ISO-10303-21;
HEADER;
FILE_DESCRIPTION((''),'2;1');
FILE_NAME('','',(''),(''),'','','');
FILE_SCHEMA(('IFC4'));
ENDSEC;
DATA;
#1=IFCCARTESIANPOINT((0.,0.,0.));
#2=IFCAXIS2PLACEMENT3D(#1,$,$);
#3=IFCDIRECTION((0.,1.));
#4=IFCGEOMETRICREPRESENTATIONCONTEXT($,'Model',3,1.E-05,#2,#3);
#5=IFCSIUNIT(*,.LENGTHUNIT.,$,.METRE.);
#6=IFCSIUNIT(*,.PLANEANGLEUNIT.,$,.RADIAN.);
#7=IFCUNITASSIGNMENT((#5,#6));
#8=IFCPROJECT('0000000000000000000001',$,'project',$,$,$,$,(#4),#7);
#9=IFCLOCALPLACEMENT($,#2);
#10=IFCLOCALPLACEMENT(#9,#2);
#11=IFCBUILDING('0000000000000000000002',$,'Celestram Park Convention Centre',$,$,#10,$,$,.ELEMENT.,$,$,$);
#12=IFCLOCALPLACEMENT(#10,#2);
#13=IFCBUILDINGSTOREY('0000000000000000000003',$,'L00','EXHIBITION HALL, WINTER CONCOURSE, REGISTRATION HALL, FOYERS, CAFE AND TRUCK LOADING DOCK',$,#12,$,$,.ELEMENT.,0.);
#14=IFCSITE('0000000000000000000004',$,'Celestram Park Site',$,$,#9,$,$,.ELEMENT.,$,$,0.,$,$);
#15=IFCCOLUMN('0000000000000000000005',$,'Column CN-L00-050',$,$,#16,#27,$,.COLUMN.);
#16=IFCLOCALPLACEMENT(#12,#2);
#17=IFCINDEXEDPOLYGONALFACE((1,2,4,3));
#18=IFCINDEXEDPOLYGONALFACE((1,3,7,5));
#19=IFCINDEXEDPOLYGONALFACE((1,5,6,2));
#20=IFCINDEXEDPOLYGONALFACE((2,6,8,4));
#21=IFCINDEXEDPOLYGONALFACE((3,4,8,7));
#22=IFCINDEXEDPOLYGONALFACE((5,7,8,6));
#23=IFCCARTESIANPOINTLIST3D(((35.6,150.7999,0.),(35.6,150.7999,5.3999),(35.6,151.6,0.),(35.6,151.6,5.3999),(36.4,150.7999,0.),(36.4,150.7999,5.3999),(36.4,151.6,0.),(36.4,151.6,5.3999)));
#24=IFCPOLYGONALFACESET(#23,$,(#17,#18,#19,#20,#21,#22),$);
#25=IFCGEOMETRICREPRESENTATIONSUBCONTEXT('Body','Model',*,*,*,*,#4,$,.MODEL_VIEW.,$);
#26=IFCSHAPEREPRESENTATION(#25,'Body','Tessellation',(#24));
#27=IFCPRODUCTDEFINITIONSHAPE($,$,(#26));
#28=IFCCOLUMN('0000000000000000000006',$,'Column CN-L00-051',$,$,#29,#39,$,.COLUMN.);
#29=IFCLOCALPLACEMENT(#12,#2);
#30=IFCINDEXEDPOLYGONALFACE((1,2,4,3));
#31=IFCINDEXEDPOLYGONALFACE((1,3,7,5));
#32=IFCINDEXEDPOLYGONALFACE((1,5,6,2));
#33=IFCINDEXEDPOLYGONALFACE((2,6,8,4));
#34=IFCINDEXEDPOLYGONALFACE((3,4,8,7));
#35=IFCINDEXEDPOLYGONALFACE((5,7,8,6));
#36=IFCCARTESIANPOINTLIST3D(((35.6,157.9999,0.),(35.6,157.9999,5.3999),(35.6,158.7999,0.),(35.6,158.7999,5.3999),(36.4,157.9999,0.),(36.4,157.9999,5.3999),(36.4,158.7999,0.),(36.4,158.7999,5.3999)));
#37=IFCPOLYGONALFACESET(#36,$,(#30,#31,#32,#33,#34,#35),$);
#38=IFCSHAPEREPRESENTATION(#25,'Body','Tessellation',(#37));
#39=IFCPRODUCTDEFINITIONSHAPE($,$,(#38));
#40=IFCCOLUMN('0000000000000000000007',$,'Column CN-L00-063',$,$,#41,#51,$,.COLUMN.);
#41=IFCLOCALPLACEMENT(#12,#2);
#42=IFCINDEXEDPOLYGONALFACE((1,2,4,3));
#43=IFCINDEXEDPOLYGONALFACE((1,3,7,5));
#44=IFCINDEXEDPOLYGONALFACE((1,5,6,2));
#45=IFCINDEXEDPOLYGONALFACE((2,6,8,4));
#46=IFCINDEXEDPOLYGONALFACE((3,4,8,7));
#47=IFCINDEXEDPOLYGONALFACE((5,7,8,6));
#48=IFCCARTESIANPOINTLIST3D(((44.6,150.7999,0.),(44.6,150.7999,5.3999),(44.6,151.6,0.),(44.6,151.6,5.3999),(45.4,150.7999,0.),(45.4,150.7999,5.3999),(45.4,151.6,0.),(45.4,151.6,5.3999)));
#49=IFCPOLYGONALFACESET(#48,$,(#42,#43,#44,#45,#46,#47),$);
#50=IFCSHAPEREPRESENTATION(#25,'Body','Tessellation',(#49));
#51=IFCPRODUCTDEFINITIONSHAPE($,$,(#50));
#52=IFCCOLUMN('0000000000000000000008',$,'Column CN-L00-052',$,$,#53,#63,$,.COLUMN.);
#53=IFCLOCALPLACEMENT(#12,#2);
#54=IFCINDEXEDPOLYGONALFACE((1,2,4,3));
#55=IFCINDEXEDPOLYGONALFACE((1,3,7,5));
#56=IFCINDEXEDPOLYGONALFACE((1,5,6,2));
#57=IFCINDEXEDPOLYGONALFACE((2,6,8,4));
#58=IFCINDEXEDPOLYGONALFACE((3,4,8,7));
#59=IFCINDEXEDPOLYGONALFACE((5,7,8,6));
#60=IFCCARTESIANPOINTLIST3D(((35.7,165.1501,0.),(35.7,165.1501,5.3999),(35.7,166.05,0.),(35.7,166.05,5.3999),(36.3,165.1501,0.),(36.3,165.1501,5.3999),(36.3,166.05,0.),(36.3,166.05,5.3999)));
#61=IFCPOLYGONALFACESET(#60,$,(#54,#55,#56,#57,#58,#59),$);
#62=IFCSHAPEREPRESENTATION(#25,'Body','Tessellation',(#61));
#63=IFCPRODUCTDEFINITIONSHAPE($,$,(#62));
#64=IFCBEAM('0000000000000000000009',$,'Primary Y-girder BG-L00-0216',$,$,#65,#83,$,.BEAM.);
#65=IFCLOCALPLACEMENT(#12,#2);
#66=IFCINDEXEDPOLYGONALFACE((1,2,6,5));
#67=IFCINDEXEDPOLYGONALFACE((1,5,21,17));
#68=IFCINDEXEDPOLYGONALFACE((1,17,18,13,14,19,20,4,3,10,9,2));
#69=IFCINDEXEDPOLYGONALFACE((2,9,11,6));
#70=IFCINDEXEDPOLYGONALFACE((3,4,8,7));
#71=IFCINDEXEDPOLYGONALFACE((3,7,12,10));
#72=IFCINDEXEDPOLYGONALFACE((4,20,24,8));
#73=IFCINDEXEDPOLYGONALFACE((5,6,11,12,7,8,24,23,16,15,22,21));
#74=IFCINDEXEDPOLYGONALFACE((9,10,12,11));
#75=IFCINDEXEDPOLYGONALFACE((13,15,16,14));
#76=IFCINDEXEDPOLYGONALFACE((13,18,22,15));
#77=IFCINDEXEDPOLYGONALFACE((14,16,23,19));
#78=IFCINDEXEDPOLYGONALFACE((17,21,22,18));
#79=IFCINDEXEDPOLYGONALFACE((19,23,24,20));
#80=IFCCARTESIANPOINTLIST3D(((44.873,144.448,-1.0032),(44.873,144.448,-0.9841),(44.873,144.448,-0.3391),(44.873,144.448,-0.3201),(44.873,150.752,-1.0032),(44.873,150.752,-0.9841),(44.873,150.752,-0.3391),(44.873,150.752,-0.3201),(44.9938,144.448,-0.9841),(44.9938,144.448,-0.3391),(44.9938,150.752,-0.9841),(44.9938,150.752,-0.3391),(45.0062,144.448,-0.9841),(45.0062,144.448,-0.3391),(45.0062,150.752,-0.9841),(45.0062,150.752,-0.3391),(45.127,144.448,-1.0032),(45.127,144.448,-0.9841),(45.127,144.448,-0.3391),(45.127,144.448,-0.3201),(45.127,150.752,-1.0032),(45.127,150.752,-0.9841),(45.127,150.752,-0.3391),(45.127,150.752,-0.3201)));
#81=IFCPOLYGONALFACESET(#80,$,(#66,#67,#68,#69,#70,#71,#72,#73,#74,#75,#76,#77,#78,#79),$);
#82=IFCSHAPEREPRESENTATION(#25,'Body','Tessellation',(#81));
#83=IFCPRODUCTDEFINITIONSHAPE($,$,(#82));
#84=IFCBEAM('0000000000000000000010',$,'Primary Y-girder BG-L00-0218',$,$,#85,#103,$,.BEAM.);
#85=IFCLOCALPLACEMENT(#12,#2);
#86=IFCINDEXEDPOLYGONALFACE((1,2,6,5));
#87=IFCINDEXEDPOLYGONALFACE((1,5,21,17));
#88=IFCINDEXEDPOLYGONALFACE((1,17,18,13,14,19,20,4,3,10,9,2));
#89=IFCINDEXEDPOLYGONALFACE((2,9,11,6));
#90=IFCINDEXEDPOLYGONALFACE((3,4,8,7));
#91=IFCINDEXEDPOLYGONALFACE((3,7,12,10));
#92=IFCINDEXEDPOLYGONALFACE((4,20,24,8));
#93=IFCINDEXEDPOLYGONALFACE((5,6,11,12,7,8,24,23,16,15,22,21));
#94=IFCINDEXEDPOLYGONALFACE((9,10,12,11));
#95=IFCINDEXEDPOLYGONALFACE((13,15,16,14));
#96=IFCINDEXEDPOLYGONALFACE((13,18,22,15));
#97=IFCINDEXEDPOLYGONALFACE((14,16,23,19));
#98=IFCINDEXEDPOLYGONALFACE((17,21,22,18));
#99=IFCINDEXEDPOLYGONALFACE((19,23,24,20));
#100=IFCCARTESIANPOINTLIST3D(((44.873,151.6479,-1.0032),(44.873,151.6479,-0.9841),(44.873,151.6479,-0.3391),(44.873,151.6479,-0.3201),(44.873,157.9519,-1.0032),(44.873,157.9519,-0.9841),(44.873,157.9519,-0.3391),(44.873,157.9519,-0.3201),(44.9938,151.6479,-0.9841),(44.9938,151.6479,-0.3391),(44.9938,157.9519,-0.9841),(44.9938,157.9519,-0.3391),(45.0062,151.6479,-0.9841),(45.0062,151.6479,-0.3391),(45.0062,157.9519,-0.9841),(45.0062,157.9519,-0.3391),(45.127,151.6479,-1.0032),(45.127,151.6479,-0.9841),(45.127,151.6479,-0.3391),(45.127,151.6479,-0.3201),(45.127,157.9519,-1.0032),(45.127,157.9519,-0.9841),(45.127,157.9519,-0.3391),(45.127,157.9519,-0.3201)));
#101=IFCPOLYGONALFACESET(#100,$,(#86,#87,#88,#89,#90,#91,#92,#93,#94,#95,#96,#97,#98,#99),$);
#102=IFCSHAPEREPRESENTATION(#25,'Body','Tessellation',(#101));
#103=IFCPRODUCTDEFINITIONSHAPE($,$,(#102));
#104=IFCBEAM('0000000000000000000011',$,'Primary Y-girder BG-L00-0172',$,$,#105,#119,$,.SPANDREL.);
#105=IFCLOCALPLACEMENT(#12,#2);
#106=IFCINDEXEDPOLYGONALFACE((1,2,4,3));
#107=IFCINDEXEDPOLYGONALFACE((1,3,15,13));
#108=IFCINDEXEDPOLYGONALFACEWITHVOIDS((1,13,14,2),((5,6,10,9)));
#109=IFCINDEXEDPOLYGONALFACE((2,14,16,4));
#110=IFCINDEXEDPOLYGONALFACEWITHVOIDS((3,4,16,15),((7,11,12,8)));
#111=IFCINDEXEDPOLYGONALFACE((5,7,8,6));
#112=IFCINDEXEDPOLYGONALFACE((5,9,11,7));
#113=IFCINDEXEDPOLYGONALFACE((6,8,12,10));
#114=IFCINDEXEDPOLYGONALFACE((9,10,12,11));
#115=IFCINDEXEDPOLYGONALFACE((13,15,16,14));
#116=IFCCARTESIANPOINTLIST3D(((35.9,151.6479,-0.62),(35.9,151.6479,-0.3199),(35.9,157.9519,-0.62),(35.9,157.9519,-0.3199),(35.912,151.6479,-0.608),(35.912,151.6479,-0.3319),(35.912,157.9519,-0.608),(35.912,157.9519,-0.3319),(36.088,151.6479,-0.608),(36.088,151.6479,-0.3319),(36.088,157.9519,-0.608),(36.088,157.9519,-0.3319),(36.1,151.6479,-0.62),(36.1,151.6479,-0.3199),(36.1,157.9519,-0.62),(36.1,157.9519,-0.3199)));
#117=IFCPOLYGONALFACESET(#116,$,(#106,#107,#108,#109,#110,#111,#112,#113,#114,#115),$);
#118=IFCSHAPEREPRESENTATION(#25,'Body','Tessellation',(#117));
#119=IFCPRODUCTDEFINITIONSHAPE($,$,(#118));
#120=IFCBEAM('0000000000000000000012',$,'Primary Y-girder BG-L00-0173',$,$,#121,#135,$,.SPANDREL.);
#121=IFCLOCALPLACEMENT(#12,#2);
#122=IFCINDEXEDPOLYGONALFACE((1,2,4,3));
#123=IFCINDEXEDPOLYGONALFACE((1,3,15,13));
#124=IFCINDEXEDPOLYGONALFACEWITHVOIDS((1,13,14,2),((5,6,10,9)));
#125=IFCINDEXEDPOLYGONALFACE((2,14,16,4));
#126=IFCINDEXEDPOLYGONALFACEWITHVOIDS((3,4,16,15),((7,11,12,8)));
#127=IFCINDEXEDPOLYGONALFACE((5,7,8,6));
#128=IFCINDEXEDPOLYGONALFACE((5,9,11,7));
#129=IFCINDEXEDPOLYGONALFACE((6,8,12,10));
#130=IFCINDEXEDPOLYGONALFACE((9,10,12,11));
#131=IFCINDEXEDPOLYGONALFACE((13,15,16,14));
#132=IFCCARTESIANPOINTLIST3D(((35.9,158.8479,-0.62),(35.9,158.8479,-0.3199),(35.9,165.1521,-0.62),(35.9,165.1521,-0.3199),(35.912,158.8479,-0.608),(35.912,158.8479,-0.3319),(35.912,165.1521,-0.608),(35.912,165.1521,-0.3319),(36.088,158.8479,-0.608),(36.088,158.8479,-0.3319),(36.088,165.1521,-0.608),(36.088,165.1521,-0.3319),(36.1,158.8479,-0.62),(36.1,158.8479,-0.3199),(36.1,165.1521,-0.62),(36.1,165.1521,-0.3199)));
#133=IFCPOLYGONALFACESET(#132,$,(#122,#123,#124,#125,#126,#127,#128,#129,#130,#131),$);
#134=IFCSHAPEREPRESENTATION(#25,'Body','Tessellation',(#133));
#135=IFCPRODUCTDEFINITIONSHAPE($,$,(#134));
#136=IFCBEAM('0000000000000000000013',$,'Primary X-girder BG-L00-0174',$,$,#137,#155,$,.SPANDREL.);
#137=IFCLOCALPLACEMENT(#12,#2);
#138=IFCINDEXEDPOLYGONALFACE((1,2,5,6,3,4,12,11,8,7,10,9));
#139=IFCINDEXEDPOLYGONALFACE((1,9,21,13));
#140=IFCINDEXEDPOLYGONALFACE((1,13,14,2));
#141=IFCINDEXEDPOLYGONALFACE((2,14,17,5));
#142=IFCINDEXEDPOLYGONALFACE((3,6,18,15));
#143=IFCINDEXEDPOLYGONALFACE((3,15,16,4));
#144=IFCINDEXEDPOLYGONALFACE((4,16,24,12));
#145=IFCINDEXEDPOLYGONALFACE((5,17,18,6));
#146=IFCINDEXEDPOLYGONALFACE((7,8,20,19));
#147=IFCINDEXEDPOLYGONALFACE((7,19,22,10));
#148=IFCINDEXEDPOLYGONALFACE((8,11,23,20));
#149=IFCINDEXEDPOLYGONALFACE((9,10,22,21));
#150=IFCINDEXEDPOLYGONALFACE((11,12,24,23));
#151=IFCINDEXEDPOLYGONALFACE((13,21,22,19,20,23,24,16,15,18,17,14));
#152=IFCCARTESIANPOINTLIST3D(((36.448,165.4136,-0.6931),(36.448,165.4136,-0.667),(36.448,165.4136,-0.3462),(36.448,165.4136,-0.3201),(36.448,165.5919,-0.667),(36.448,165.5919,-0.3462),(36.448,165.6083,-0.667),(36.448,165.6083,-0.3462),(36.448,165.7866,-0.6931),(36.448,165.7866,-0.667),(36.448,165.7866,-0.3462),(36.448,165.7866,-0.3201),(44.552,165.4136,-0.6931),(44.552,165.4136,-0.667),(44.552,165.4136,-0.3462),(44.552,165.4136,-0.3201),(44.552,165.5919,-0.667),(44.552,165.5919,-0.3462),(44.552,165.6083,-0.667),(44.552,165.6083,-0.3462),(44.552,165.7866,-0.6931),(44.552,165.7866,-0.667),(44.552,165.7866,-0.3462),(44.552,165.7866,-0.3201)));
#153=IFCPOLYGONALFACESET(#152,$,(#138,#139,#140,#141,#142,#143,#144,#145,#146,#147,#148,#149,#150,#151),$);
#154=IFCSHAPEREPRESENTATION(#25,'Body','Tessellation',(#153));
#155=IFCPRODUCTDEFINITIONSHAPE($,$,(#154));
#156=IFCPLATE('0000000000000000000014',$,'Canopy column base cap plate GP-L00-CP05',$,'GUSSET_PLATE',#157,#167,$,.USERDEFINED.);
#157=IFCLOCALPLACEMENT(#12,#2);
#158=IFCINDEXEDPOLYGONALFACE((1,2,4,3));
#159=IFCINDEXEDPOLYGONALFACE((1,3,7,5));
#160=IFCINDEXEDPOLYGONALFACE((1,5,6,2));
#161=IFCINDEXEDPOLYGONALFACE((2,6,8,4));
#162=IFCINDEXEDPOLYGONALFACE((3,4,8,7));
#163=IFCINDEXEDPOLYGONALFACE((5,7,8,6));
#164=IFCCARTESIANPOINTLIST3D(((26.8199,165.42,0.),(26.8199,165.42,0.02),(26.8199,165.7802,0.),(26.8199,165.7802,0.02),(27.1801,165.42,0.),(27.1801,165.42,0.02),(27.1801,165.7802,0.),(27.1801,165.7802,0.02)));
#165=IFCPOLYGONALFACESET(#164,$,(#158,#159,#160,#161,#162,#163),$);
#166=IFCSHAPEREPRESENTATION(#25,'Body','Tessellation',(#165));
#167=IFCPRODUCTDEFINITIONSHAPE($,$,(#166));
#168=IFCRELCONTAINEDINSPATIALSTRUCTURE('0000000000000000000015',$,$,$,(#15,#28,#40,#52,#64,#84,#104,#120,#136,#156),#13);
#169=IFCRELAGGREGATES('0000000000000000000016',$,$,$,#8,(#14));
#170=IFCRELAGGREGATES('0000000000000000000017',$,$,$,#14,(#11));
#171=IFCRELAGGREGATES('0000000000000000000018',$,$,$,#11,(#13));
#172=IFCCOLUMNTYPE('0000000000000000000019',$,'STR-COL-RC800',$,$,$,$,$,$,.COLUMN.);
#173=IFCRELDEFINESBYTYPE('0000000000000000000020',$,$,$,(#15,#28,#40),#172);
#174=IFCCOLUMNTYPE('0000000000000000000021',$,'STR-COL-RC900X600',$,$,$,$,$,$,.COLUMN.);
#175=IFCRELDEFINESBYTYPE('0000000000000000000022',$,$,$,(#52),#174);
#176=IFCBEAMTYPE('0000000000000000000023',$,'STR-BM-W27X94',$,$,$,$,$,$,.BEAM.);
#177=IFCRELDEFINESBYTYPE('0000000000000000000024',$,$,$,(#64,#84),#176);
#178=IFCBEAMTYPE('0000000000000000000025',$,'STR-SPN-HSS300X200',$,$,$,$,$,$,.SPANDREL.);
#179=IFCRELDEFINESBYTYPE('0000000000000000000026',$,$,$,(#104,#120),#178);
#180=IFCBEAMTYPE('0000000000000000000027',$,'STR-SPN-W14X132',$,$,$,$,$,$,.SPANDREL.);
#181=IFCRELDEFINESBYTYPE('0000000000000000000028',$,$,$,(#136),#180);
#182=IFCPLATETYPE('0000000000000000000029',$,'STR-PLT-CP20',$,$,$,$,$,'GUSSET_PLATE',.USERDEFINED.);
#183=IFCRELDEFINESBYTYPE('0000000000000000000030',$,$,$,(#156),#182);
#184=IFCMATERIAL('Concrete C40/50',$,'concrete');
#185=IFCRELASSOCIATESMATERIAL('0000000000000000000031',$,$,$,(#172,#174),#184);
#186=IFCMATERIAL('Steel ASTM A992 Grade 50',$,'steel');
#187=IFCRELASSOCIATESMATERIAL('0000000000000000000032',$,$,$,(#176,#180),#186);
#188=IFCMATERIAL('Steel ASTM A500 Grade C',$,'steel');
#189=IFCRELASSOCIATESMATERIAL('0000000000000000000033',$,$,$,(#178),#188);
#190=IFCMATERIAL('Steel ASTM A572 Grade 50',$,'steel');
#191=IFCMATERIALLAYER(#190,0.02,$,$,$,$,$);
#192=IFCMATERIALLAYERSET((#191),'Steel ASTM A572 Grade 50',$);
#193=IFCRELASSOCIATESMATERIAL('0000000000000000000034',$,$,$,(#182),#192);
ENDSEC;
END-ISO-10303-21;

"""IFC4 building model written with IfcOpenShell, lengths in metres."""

from ifc_helpers import new_model, si_unit, direction, frame, origin, origin_2d, place, context, subcontext, project, spatial, rectangle, hollow_rectangle, i_section, extrude, material, layer, layer_set, material_profile, profile_set, type_object, element, save


model = new_model("IFC4")

# Units and contexts
model_context = context("Model", 3, precision=1e-05, world=origin(), true_north=direction((0.0, 1.0)))
body_context = subcontext(model_context, "Body", "Model", "MODEL_VIEW")
ifc_project = project(units=[si_unit("LENGTHUNIT", "METRE"), si_unit("PLANEANGLEUNIT", "RADIAN")], contexts=[model_context])

# Site, building, storey
site_placement = place(None, origin())
site = spatial("IfcSite", under=ifc_project, at=site_placement, Name="Celestram Park Site", CompositionType="ELEMENT", RefElevation=0.0)
building_placement = place(site_placement, origin())
building = spatial("IfcBuilding", under=site, at=building_placement, Name="Celestram Park Convention Centre", CompositionType="ELEMENT")
storey_placement = place(building_placement, origin())
storey = spatial("IfcBuildingStorey", under=building, at=storey_placement, Name="L00", Description="EXHIBITION HALL, WINTER CONCOURSE, REGISTRATION HALL, FOYERS, CAFE AND TRUCK LOADING DOCK", CompositionType="ELEMENT", Elevation=0.0)

# Columns
ifc_material_1 = material(Name="Concrete C40/50", Category="concrete")
ifc_material_profile_1 = material_profile(ifc_material_1, rectangle(XDim=0.8, YDim=0.8, at=origin_2d()), Name="RC800X800")
ifc_profile_set_1 = profile_set([ifc_material_profile_1], Name="Concrete C40/50")
column_type_1 = type_object("IfcColumnType", Name="STR-COL-RC800", PredefinedType="COLUMN", material=ifc_profile_set_1)
for number, where, z_axis, x_axis, name in (
    (1, (36.0, 151.2, 0.0), (0.0, 0.0, 1.0), (1.0, 0.0, 0.0), "Column CN-L00-050"),
    (2, (36.0, 158.3999, 0.0), (0.0, 0.0, 1.0), (1.0, 0.0, 0.0), "Column CN-L00-051"),
    (3, (45.0, 151.2, 0.0), (0.0, 0.0, 1.0), (1.0, 0.0, 0.0), "Column CN-L00-063"),
):
    element("IfcColumn", number, at=place(storey_placement, frame(where, z_axis=z_axis, x_axis=x_axis)), inside=storey, type_object=column_type_1, Name=name, PredefinedType="COLUMN", context=body_context, shape_type="SweptSolid", body=[
        extrude(rectangle(XDim=0.8, YDim=0.8, at=origin_2d()), origin(), (0.0, 0.0, 1.0), 5.3999),
    ])
ifc_material_profile_2 = material_profile(ifc_material_1, rectangle(XDim=0.6001, YDim=0.8999, at=origin_2d()), Name="RC900X600")
ifc_profile_set_2 = profile_set([ifc_material_profile_2], Name="Concrete C40/50")
column_type_2 = type_object("IfcColumnType", Name="STR-COL-RC900X600", PredefinedType="COLUMN", material=ifc_profile_set_2)
column_placement = place(storey_placement, frame((36.0, 165.6001, 0.0), z_axis=(0.0, 0.0, 1.0), x_axis=(1.0, 0.0, 0.0)))
element("IfcColumn", 4, at=column_placement, inside=storey, type_object=column_type_2, Name="Column CN-L00-052", PredefinedType="COLUMN", context=body_context, shape_type="SweptSolid", body=[
    extrude(rectangle(XDim=0.6001, YDim=0.8999, at=origin_2d()), origin(), (0.0, 0.0, 1.0), 5.3999),
])

# Beams
ifc_material_2 = material(Name="Steel ASTM A992 Grade 50", Category="steel")
ifc_material_profile_3 = material_profile(ifc_material_2, i_section(OverallWidth=0.2539, OverallDepth=0.6831, WebThickness=0.0125, FlangeThickness=0.019, at=origin_2d()), Name="W27X94")
ifc_profile_set_3 = profile_set([ifc_material_profile_3], Name="Steel ASTM A992 Grade 50")
beam_type_1 = type_object("IfcBeamType", Name="STR-BM-W27X94", PredefinedType="BEAM", material=ifc_profile_set_3)
for number, where, z_axis, x_axis, name in (
    (5, (45.0, 144.448, -0.6616), (0.0, 1.0, 0.0), (-1.0, 0.0, 0.0), "Primary Y-girder BG-L00-0216"),
    (6, (45.0, 151.6479, -0.6616), (0.0, 1.0, 0.0), (-1.0, 0.0, 0.0), "Primary Y-girder BG-L00-0218"),
):
    element("IfcBeam", number, at=place(storey_placement, frame(where, z_axis=z_axis, x_axis=x_axis)), inside=storey, type_object=beam_type_1, Name=name, PredefinedType="BEAM", context=body_context, shape_type="SweptSolid", body=[
        extrude(i_section(OverallWidth=0.2539, OverallDepth=0.6831, WebThickness=0.0125, FlangeThickness=0.019, at=origin_2d()), origin(), (0.0, 0.0, 1.0), 6.304),
    ])
ifc_material_3 = material(Name="Steel ASTM A500 Grade C", Category="steel")
ifc_material_profile_4 = material_profile(ifc_material_3, hollow_rectangle(XDim=0.2, YDim=0.3, WallThickness=0.012, at=origin_2d()), Name="HSS300X200X12")
ifc_profile_set_4 = profile_set([ifc_material_profile_4], Name="Steel ASTM A500 Grade C")
beam_type_2 = type_object("IfcBeamType", Name="STR-SPN-HSS300X200", PredefinedType="SPANDREL", material=ifc_profile_set_4)
beam_1_placement = place(storey_placement, frame((36.0, 151.6479, -0.47), z_axis=(0.0, 1.0, 0.0), x_axis=(-1.0, 0.0, 0.0)))
element("IfcBeam", 7, at=beam_1_placement, inside=storey, type_object=beam_type_2, Name="Primary Y-girder BG-L00-0172", PredefinedType="SPANDREL", context=body_context, shape_type="SweptSolid", body=[
    extrude(hollow_rectangle(XDim=0.2, YDim=0.3, WallThickness=0.012, at=origin_2d()), origin(), (0.0, 0.0, 1.0), 6.304),
])
beam_2_placement = place(storey_placement, frame((36.0, 158.8479, -0.47), z_axis=(0.0, 1.0, 0.0), x_axis=(-1.0, 0.0, 0.0)))
element("IfcBeam", 8, at=beam_2_placement, inside=storey, type_object=beam_type_2, Name="Primary Y-girder BG-L00-0173", PredefinedType="SPANDREL", context=body_context, shape_type="SweptSolid", body=[
    extrude(hollow_rectangle(XDim=0.2, YDim=0.3, WallThickness=0.012, at=origin_2d()), origin(), (0.0, 0.0, 1.0), 6.3042),
])
ifc_material_profile_5 = material_profile(ifc_material_2, i_section(OverallWidth=0.373, OverallDepth=0.373, WebThickness=0.0164, FlangeThickness=0.0261, at=origin_2d()), Name="W14X132")
ifc_profile_set_5 = profile_set([ifc_material_profile_5], Name="Steel ASTM A992 Grade 50")
beam_type_3 = type_object("IfcBeamType", Name="STR-SPN-W14X132", PredefinedType="SPANDREL", material=ifc_profile_set_5)
beam_3_placement = place(storey_placement, frame((36.448, 165.6001, -0.5066), z_axis=(1.0, 0.0, 0.0), x_axis=(0.0, 1.0, 0.0)))
element("IfcBeam", 9, at=beam_3_placement, inside=storey, type_object=beam_type_3, Name="Primary X-girder BG-L00-0174", PredefinedType="SPANDREL", context=body_context, shape_type="SweptSolid", body=[
    extrude(i_section(OverallWidth=0.373, OverallDepth=0.373, WebThickness=0.0164, FlangeThickness=0.0261, at=origin_2d()), origin(), (0.0, 0.0, 1.0), 8.104),
])

# Plate
ifc_material_4 = material(Name="Steel ASTM A572 Grade 50", Category="steel")
ifc_layer_1 = layer(ifc_material_4, 0.02)
ifc_layer_set_1 = layer_set([ifc_layer_1], Name="Steel ASTM A572 Grade 50")
plate_type = type_object("IfcPlateType", Name="STR-PLT-CP20", ElementType="GUSSET_PLATE", PredefinedType="USERDEFINED", material=ifc_layer_set_1)
plate_placement = place(storey_placement, frame((27.0, 165.6001, 0.0), z_axis=(0.0, 0.0, 1.0), x_axis=(1.0, 0.0, 0.0)))
element("IfcPlate", 10, at=plate_placement, inside=storey, type_object=plate_type, Name="Canopy column base cap plate GP-L00-CP05", ObjectType="GUSSET_PLATE", PredefinedType="USERDEFINED", context=body_context, shape_type="SweptSolid", body=[
    extrude(rectangle(XDim=0.3601, YDim=0.3601, at=origin_2d()), origin(), (0.0, 0.0, 1.0), 0.02),
])

save(model, "model.ifc")
